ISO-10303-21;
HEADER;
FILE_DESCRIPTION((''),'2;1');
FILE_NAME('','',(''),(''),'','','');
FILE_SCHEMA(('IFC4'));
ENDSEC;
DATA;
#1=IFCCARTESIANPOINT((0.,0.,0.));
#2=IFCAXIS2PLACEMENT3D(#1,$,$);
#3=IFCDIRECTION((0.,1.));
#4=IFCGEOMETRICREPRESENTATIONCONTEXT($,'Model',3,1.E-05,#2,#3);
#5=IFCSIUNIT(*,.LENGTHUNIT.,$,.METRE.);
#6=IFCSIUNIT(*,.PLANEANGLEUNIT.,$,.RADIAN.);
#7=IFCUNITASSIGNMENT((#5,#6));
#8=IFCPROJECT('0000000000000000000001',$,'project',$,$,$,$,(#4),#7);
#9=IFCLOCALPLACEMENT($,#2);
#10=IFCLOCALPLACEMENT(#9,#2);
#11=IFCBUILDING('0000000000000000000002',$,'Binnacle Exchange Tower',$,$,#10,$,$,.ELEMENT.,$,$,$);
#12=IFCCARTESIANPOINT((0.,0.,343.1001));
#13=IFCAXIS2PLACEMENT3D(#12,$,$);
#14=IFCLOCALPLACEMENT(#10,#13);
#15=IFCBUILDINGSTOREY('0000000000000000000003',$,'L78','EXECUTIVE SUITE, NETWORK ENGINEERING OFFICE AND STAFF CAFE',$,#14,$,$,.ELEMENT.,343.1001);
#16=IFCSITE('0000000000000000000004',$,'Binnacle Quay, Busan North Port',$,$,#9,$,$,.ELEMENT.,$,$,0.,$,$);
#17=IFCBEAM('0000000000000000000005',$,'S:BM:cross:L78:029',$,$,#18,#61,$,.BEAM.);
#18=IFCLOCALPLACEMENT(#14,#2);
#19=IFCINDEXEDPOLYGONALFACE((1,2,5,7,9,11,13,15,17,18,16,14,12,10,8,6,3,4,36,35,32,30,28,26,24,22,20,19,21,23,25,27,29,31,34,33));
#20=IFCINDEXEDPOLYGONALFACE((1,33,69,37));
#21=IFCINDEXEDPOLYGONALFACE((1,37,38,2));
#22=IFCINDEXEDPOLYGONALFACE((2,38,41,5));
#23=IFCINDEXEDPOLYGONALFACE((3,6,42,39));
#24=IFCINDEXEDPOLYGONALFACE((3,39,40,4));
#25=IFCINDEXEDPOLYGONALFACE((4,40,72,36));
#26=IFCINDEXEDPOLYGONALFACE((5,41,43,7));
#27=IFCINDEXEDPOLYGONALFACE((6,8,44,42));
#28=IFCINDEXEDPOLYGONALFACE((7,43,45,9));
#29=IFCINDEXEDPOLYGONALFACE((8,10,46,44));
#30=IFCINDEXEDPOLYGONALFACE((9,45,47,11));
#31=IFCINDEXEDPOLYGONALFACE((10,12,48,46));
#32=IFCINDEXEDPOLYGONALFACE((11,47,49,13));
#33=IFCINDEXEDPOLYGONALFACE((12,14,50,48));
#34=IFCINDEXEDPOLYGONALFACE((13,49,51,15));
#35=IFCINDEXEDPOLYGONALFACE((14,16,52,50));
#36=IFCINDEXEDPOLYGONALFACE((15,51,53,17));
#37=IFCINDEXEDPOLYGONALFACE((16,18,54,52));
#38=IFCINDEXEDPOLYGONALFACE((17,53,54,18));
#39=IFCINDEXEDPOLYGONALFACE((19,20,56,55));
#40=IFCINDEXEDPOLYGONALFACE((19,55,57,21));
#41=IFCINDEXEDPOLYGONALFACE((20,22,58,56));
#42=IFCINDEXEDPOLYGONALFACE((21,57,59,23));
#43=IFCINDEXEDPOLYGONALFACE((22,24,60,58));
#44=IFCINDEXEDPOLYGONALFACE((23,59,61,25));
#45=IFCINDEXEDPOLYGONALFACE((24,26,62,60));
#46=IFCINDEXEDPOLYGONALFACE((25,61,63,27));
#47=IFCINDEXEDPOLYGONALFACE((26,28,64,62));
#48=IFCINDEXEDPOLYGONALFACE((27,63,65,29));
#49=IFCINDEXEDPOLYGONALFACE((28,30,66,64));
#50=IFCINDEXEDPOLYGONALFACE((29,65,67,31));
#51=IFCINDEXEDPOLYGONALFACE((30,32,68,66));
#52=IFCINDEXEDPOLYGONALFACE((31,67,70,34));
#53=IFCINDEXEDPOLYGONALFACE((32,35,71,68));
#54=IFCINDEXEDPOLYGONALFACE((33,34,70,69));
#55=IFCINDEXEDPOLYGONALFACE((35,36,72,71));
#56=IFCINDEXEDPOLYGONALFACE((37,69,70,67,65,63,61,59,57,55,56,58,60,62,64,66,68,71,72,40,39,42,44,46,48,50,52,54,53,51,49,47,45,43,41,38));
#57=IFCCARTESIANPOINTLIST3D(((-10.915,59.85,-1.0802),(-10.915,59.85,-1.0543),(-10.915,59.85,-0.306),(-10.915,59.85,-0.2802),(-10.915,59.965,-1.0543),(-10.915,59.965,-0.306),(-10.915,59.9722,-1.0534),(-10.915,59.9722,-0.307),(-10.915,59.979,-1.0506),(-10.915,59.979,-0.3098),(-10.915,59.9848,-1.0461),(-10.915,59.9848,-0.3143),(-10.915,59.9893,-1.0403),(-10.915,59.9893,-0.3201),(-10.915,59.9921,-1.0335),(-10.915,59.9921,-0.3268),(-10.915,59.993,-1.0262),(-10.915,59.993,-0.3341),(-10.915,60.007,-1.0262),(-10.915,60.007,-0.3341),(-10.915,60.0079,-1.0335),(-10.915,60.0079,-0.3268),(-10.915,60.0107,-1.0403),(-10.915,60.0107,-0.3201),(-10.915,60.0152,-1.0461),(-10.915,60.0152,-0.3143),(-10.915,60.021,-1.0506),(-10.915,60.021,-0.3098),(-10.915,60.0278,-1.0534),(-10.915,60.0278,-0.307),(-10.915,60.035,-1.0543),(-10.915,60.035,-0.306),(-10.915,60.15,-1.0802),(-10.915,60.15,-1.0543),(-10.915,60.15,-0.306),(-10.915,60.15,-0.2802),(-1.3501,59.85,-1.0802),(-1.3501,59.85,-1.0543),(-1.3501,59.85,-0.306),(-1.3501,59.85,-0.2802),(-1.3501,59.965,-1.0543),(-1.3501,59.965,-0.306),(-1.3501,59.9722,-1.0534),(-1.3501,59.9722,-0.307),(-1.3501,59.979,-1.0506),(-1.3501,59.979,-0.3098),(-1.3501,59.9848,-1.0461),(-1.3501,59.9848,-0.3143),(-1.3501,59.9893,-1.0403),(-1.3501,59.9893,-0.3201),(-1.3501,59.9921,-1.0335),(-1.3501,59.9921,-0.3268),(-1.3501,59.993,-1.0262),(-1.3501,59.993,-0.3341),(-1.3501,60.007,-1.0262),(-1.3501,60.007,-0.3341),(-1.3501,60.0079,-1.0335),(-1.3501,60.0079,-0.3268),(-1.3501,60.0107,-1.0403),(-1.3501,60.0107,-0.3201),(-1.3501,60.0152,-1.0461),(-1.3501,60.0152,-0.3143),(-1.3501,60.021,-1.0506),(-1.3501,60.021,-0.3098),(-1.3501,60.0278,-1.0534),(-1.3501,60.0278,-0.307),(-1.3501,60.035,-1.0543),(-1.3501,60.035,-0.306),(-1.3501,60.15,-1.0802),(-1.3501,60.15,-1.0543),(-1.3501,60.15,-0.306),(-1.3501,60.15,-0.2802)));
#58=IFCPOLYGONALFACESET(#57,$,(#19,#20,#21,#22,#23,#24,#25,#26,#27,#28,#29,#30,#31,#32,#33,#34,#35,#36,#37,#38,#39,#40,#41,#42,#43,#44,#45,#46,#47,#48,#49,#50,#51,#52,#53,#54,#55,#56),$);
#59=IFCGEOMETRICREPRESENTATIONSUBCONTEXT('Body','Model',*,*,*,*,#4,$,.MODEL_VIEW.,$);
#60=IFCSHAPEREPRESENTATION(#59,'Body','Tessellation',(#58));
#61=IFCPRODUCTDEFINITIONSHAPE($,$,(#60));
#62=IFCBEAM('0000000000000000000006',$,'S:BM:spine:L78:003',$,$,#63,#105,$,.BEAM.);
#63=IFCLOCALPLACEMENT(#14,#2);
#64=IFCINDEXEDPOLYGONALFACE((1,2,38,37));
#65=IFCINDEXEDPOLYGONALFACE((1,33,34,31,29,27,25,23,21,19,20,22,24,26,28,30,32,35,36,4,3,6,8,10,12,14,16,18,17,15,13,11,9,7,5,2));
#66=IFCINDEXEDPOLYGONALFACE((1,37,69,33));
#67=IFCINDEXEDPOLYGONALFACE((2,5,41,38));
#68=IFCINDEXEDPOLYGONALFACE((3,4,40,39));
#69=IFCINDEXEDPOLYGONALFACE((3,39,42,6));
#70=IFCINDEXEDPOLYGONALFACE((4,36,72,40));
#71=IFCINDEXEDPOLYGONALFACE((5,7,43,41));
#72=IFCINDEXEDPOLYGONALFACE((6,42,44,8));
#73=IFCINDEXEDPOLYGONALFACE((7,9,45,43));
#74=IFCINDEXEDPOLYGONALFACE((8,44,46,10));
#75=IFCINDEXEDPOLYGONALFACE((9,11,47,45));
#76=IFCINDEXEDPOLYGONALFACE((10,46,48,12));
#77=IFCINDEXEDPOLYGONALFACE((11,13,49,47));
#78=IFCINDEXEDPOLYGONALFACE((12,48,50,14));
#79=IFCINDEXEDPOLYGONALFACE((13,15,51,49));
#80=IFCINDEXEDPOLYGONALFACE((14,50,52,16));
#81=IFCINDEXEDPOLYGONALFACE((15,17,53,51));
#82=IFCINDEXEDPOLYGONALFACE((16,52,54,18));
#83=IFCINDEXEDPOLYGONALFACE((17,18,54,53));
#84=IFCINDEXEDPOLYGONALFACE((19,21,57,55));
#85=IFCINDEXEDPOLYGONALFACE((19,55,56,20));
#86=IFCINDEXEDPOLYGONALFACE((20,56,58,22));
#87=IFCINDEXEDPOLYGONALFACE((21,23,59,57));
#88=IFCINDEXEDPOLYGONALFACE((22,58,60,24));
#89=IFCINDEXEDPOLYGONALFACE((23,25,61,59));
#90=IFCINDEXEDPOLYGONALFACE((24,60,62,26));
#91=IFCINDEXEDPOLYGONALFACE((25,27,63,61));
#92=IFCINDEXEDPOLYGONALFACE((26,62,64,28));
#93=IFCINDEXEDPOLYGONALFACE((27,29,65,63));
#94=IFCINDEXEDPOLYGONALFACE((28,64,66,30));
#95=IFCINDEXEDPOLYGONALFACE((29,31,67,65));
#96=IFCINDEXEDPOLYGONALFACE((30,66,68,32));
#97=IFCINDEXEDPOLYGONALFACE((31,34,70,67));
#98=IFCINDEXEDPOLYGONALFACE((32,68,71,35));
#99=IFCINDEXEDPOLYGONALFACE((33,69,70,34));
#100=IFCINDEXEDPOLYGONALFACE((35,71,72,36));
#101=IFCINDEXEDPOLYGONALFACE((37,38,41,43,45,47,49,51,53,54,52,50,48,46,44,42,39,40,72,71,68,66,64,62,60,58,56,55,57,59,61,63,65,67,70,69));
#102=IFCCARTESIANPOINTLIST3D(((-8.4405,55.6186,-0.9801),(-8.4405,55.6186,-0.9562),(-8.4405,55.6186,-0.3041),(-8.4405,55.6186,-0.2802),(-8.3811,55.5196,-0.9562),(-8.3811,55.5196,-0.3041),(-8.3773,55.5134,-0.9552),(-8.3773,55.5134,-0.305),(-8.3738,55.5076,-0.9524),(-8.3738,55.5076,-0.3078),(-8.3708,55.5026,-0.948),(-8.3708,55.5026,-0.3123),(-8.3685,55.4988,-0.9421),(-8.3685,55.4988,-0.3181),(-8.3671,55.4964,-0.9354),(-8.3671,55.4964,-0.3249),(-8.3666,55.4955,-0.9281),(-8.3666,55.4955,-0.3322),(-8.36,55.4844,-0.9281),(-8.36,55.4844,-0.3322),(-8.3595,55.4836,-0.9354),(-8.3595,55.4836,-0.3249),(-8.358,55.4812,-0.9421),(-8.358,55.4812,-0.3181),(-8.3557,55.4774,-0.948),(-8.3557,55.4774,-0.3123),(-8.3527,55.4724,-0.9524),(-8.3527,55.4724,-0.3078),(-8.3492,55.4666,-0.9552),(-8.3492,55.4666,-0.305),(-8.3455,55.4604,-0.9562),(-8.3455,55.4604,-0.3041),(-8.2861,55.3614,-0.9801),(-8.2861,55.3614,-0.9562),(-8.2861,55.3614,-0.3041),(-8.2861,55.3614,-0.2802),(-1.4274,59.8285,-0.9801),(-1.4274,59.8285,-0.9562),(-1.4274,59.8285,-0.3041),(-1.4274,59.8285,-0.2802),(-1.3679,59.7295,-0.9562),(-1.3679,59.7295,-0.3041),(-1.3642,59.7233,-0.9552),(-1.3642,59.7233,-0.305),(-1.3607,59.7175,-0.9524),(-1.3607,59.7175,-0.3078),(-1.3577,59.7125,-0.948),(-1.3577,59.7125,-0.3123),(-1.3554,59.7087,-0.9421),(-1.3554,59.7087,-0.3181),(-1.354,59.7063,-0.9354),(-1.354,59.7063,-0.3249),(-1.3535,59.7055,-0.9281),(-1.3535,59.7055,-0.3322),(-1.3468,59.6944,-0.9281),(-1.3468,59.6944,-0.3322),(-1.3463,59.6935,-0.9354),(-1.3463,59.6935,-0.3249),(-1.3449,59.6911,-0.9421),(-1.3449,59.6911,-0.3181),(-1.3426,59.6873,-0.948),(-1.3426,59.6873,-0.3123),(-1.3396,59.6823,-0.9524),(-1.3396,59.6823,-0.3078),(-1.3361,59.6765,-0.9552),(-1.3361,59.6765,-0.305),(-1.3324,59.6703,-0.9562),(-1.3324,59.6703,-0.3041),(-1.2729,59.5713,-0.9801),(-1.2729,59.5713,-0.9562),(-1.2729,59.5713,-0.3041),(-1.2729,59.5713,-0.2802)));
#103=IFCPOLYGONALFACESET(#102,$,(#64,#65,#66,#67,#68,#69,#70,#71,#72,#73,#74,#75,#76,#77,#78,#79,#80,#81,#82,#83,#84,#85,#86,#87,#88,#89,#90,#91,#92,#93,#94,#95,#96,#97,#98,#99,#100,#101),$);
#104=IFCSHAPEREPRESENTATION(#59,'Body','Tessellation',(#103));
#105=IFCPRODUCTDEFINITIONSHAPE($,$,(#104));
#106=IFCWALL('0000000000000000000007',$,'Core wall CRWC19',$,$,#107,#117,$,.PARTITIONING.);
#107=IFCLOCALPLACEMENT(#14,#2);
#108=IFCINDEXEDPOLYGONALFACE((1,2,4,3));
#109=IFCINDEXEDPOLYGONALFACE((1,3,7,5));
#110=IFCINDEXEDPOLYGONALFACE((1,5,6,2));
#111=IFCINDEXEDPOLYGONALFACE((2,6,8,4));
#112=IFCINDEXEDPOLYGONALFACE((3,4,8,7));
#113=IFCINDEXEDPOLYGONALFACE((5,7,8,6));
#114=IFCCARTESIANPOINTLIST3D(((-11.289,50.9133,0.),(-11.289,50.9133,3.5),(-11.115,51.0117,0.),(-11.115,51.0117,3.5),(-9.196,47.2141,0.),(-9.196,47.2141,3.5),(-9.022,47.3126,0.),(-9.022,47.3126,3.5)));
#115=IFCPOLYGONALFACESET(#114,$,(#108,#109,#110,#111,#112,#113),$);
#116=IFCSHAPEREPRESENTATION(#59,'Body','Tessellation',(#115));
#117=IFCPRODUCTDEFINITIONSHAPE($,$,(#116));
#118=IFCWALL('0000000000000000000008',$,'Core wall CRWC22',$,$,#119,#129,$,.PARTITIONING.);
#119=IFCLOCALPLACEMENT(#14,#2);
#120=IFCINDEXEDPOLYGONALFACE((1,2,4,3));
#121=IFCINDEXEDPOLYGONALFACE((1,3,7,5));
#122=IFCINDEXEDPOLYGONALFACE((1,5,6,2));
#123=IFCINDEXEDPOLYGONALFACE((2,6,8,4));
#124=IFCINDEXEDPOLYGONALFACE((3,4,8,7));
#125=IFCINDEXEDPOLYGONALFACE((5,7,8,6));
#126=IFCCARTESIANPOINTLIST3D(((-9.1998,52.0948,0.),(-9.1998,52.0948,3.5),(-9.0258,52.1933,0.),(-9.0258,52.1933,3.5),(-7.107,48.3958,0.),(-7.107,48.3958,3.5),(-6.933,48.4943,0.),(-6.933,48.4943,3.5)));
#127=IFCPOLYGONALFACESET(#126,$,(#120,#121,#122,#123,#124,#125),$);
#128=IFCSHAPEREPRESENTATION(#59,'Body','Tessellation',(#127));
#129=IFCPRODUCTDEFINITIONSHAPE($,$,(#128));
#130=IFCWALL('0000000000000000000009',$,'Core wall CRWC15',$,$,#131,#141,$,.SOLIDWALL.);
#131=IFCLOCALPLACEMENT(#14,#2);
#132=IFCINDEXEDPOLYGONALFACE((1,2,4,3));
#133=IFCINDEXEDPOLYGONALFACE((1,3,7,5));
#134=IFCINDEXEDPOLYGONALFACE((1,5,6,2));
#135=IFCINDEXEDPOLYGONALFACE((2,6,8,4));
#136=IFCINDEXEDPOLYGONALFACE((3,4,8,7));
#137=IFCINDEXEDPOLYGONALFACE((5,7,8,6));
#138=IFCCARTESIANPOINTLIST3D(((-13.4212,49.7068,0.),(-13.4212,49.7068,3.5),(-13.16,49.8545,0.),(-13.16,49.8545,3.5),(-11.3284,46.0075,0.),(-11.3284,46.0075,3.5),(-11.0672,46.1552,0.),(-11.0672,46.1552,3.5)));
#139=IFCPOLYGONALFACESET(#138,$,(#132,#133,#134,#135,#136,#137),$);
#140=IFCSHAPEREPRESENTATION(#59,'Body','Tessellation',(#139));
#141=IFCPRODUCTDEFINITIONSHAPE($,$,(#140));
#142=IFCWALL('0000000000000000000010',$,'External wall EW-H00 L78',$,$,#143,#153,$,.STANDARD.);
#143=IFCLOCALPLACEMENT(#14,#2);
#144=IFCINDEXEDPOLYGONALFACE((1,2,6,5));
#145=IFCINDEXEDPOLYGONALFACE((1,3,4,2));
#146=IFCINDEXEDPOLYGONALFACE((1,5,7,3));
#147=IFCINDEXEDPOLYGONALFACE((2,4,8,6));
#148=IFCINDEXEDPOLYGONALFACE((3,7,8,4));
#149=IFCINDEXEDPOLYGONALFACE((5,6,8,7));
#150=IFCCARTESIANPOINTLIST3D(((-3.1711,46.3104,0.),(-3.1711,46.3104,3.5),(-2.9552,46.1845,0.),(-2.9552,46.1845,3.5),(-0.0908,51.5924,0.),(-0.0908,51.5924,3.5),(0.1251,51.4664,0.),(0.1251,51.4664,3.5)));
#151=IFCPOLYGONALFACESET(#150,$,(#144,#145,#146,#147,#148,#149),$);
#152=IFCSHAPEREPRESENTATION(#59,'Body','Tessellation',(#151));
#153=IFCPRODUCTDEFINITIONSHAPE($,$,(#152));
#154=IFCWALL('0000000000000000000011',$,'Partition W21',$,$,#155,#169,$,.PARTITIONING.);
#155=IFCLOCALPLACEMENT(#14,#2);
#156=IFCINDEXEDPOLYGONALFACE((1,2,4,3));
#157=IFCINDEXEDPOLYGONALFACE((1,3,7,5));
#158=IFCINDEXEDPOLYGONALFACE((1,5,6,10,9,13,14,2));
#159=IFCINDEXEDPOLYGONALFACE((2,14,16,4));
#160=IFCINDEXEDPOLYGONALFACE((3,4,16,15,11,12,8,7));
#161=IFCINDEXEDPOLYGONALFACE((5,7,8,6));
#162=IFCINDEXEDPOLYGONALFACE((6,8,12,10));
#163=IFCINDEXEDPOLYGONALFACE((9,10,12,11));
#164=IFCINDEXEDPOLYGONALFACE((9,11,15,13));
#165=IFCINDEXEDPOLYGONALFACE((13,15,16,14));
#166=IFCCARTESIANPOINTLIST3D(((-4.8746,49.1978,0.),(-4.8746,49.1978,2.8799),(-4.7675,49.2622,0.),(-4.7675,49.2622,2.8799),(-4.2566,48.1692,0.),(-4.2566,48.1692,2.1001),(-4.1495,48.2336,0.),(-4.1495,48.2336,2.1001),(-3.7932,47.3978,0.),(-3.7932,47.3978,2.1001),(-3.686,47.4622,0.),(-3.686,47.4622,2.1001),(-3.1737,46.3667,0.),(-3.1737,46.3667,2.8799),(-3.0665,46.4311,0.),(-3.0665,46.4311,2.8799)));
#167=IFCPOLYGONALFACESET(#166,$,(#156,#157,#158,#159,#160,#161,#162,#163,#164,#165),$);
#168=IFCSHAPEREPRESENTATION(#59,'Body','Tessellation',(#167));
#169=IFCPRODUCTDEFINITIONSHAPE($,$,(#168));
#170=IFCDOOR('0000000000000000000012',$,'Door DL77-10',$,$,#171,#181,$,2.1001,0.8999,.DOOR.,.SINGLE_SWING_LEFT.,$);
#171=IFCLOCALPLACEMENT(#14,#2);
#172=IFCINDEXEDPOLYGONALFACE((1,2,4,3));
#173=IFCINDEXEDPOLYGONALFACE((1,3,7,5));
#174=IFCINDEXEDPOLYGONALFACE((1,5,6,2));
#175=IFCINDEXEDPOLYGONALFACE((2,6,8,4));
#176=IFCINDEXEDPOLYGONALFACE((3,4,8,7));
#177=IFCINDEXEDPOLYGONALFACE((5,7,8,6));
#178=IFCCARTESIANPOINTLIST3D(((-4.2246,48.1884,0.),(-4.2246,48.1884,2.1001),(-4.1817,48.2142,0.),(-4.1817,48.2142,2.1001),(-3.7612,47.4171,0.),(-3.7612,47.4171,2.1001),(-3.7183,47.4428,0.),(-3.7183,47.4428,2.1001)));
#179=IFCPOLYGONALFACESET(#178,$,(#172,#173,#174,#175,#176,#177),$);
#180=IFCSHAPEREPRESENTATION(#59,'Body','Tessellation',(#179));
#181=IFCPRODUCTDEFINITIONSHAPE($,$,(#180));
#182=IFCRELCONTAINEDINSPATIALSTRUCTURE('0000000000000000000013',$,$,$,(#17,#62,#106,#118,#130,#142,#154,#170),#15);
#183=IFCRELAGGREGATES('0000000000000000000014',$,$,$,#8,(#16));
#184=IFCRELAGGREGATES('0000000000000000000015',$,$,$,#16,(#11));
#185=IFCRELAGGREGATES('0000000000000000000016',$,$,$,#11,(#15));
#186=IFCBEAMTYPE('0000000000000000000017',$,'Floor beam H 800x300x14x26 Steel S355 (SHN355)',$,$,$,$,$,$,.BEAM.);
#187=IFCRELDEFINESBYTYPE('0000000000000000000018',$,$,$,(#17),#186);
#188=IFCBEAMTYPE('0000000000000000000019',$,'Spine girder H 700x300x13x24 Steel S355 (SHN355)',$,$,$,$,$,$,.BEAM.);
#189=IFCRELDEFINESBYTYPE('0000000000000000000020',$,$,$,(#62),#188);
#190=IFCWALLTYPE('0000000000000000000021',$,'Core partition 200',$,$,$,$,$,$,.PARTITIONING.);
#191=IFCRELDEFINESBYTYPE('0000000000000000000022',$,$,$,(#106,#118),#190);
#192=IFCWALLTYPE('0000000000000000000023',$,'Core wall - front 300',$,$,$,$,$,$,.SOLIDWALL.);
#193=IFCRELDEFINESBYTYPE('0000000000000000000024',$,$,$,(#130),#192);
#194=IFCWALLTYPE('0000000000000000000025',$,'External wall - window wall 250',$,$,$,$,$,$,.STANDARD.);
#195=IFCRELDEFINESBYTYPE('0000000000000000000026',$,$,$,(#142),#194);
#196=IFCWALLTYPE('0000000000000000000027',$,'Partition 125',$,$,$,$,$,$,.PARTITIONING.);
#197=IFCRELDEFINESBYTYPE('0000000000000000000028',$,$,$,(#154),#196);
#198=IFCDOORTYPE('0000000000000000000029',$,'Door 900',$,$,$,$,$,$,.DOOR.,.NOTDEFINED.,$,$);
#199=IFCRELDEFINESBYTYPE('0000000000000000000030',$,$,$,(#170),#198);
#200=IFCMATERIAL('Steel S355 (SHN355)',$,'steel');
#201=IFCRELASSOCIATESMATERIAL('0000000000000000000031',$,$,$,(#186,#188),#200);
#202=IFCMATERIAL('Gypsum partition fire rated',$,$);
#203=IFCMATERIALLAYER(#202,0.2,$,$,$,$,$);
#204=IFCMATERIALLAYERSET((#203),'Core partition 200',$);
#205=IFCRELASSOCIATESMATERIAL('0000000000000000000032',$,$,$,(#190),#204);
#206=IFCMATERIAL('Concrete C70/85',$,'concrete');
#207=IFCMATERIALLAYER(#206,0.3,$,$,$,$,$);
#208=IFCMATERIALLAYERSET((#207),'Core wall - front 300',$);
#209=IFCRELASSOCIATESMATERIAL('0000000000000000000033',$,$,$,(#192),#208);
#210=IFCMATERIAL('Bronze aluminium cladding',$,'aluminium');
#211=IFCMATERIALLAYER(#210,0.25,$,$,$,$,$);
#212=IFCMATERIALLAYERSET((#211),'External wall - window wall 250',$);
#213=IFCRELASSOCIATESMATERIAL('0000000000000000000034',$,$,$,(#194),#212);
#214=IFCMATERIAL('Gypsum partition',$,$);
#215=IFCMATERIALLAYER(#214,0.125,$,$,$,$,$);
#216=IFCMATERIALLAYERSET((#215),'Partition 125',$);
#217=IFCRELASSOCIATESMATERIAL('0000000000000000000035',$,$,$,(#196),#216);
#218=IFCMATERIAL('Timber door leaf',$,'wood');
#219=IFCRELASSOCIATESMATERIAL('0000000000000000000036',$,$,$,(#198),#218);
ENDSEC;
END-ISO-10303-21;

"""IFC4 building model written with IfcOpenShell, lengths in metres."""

from ifc_helpers import new_model, si_unit, direction, frame, frame_2d, origin, origin_2d, place, context, subcontext, project, spatial, rectangle, i_section, extrude, material, layer, layer_set, material_profile, profile_set, type_object, element, fill, save


model = new_model("IFC4")

# Units and contexts
model_context = context("Model", 3, precision=1e-05, world=origin(), true_north=direction((0.0, 1.0)))
body_context = subcontext(model_context, "Body", "Model", "MODEL_VIEW")
ifc_project = project(units=[si_unit("LENGTHUNIT", "METRE"), si_unit("PLANEANGLEUNIT", "RADIAN")], contexts=[model_context])

# Site, building, storey
site_placement = place(None, origin())
site = spatial("IfcSite", under=ifc_project, at=site_placement, Name="Binnacle Quay, Busan North Port", CompositionType="ELEMENT", RefElevation=0.0)
building_placement = place(site_placement, origin())
building = spatial("IfcBuilding", under=site, at=building_placement, Name="Binnacle Exchange Tower", CompositionType="ELEMENT")
storey_placement = place(building_placement, frame((0.0, 0.0, 343.1001)))
storey = spatial("IfcBuildingStorey", under=building, at=storey_placement, Name="L78", Description="EXECUTIVE SUITE, NETWORK ENGINEERING OFFICE AND STAFF CAFE", CompositionType="ELEMENT", Elevation=343.1001)

# Beams
ifc_material_1 = material(Name="Steel S355 (SHN355)", Category="steel")
ifc_material_profile_1 = material_profile(ifc_material_1, i_section(OverallWidth=0.3, OverallDepth=0.8, WebThickness=0.0139, FlangeThickness=0.0259, FilletRadius=0.0281, at=origin_2d()), Name="H 800x300x14x26")
ifc_profile_set_1 = profile_set([ifc_material_profile_1], Name="Steel S355 (SHN355)")
beam_type_1 = type_object("IfcBeamType", Name="Floor beam H 800x300x14x26 Steel S355 (SHN355)", PredefinedType="BEAM", material=ifc_profile_set_1)
beam_1_placement = place(storey_placement, frame((-1.3501, 60.0, -0.6802), z_axis=(-1.0, 0.0, 0.0), x_axis=(0.0, -1.0, 0.0)))
element("IfcBeam", 1, at=beam_1_placement, inside=storey, type_object=beam_type_1, Name="S:BM:cross:L78:029", PredefinedType="BEAM", context=body_context, shape_type="SweptSolid", body=[
    extrude(i_section(OverallWidth=0.3, OverallDepth=0.8, WebThickness=0.0139, FlangeThickness=0.0259, FilletRadius=0.0281, at=origin_2d()), origin(), (0.0, 0.0, 1.0), 9.5649),
])
ifc_material_profile_2 = material_profile(ifc_material_1, i_section(OverallWidth=0.3, OverallDepth=0.7, WebThickness=0.0129, FlangeThickness=0.0239, FilletRadius=0.0281, at=origin_2d()), Name="H 700x300x13x24")
ifc_profile_set_2 = profile_set([ifc_material_profile_2], Name="Steel S355 (SHN355)")
beam_type_2 = type_object("IfcBeamType", Name="Spine girder H 700x300x13x24 Steel S355 (SHN355)", PredefinedType="BEAM", material=ifc_profile_set_2)
beam_2_placement = place(storey_placement, frame((-8.3633, 55.49, -0.6301), z_axis=(0.857382, 0.51468, 0.0), x_axis=(-0.51468, 0.857382, 0.0)))
element("IfcBeam", 2, at=beam_2_placement, inside=storey, type_object=beam_type_2, Name="S:BM:spine:L78:003", PredefinedType="BEAM", context=body_context, shape_type="SweptSolid", body=[
    extrude(i_section(OverallWidth=0.3, OverallDepth=0.7, WebThickness=0.0129, FlangeThickness=0.0239, FilletRadius=0.0281, at=origin_2d()), origin(), (0.0, 0.0, 1.0), 8.1797),
])

# Walls
ifc_material_2 = material(Name="Gypsum partition fire rated")
ifc_layer_1 = layer(ifc_material_2, 0.2)
ifc_layer_set_1 = layer_set([ifc_layer_1], Name="Core partition 200")
wall_type_1 = type_object("IfcWallType", Name="Core partition 200", PredefinedType="PARTITIONING", material=ifc_layer_set_1)
wall_1_placement = place(storey_placement, frame((-11.2019, 50.9624, 0.0), z_axis=(0.0, 0.0, 1.0), x_axis=(0.492441, -0.870346, 0.0)))
element("IfcWall", 3, at=wall_1_placement, inside=storey, type_object=wall_type_1, Name="Core wall CRWC19", PredefinedType="PARTITIONING", context=body_context, shape_type="SweptSolid", body=[
    extrude(rectangle(XDim=4.2502, YDim=0.2, at=frame_2d((2.125, 0.0))), origin(), (0.0, 0.0, 1.0), 3.5),
])
wall_2_placement = place(storey_placement, frame((-9.1128, 52.144, 0.0), z_axis=(0.0, 0.0, 1.0), x_axis=(0.492423, -0.870356, 0.0)))
element("IfcWall", 4, at=wall_2_placement, inside=storey, type_object=wall_type_1, Name="Core wall CRWC22", PredefinedType="PARTITIONING", context=body_context, shape_type="SweptSolid", body=[
    extrude(rectangle(XDim=4.25, YDim=0.2, at=frame_2d((2.125, 0.0))), origin(), (0.0, 0.0, 1.0), 3.5),
])
ifc_material_3 = material(Name="Concrete C70/85", Category="concrete")
ifc_layer_2 = layer(ifc_material_3, 0.3)
ifc_layer_set_2 = layer_set([ifc_layer_2], Name="Core wall - front 300")
wall_type_2 = type_object("IfcWallType", Name="Core wall - front 300", PredefinedType="SOLIDWALL", material=ifc_layer_set_2)
wall_3_placement = place(storey_placement, frame((-13.2905, 49.7805, 0.0), z_axis=(0.0, 0.0, 1.0), x_axis=(0.492398, -0.87037, 0.0)))
element("IfcWall", 5, at=wall_3_placement, inside=storey, type_object=wall_type_2, Name="Core wall CRWC15", PredefinedType="SOLIDWALL", context=body_context, shape_type="SweptSolid", body=[
    extrude(rectangle(XDim=4.2502, YDim=0.3, at=frame_2d((2.125, 0.0))), origin(), (0.0, 0.0, 1.0), 3.5),
])
ifc_material_4 = material(Name="Bronze aluminium cladding", Category="aluminium")
ifc_layer_3 = layer(ifc_material_4, 0.25)
ifc_layer_set_3 = layer_set([ifc_layer_3], Name="External wall - window wall 250")
wall_type_3 = type_object("IfcWallType", Name="External wall - window wall 250", PredefinedType="STANDARD", material=ifc_layer_set_3)
wall_4_placement = place(storey_placement, frame((0.0171, 51.5293, 0.0), z_axis=(0.0, 0.0, 1.0), x_axis=(-0.503769, -0.863838, 0.0)))
element("IfcWall", 6, at=wall_4_placement, inside=storey, type_object=wall_type_3, Name="External wall EW-H00 L78", PredefinedType="STANDARD", context=body_context, shape_type="SweptSolid", body=[
    extrude(rectangle(XDim=6.1145, YDim=0.25, at=frame_2d((3.0571, 0.0))), origin(), (0.0, 0.0, 1.0), 3.5),
])

# Wall, opening, door
ifc_material_5 = material(Name="Gypsum partition")
ifc_layer_4 = layer(ifc_material_5, 0.125)
ifc_layer_set_4 = layer_set([ifc_layer_4], Name="Partition 125")
wall_type_4 = type_object("IfcWallType", Name="Partition 125", PredefinedType="PARTITIONING", material=ifc_layer_set_4)
wall_5_placement = place(storey_placement, frame((-4.821, 49.23, 0.0), z_axis=(0.0, 0.0, 1.0), x_axis=(0.515007, -0.857186, 0.0)))
wall_5 = element("IfcWall", 7, at=wall_5_placement, inside=storey, type_object=wall_type_4, Name="Partition W21", PredefinedType="PARTITIONING", context=body_context, shape_type="SweptSolid", body=[
    extrude(rectangle(XDim=3.3027, YDim=0.125, at=frame_2d((1.6514, 0.0))), origin(), (0.0, 0.0, 1.0), 2.8799),
])
opening_1_placement = place(wall_5_placement, frame((1.2, 0.0, 0.0)))
opening_1 = element("IfcOpeningElement", 8, at=opening_1_placement, cuts=wall_5, PredefinedType="OPENING", context=body_context, shape_type="SweptSolid", body=[
    extrude(rectangle(XDim=0.8999, YDim=2.1001, at=frame_2d((0.45, 1.05))), frame((0.0, 0.0725, 0.0), z_axis=(0.0, -1.0, 0.0), x_axis=(1.0, 0.0, 0.0)), (0.0, 0.0, 1.0), 0.145),
])
ifc_material_6 = material(Name="Timber door leaf", Category="wood")
door_type_1 = type_object("IfcDoorType", Name="Door 900", OperationType="NOTDEFINED", PredefinedType="DOOR", material=ifc_material_6)
door_1_placement = place(opening_1_placement, origin())
door_1 = element("IfcDoor", 9, at=door_1_placement, inside=storey, type_object=door_type_1, Name="Door DL77-10", OperationType="SINGLE_SWING_LEFT", OverallHeight=2.1001, OverallWidth=0.8999, PredefinedType="DOOR", context=body_context, shape_type="SweptSolid", body=[
    extrude(rectangle(XDim=0.8999, YDim=2.1001, at=frame_2d((0.45, 1.05))), frame((0.0, 0.0249, 0.0), z_axis=(0.0, -1.0, 0.0), x_axis=(1.0, 0.0, 0.0)), (0.0, 0.0, 1.0), 0.05),
])
fill(opening_1, door_1)

save(model, "model.ifc")
